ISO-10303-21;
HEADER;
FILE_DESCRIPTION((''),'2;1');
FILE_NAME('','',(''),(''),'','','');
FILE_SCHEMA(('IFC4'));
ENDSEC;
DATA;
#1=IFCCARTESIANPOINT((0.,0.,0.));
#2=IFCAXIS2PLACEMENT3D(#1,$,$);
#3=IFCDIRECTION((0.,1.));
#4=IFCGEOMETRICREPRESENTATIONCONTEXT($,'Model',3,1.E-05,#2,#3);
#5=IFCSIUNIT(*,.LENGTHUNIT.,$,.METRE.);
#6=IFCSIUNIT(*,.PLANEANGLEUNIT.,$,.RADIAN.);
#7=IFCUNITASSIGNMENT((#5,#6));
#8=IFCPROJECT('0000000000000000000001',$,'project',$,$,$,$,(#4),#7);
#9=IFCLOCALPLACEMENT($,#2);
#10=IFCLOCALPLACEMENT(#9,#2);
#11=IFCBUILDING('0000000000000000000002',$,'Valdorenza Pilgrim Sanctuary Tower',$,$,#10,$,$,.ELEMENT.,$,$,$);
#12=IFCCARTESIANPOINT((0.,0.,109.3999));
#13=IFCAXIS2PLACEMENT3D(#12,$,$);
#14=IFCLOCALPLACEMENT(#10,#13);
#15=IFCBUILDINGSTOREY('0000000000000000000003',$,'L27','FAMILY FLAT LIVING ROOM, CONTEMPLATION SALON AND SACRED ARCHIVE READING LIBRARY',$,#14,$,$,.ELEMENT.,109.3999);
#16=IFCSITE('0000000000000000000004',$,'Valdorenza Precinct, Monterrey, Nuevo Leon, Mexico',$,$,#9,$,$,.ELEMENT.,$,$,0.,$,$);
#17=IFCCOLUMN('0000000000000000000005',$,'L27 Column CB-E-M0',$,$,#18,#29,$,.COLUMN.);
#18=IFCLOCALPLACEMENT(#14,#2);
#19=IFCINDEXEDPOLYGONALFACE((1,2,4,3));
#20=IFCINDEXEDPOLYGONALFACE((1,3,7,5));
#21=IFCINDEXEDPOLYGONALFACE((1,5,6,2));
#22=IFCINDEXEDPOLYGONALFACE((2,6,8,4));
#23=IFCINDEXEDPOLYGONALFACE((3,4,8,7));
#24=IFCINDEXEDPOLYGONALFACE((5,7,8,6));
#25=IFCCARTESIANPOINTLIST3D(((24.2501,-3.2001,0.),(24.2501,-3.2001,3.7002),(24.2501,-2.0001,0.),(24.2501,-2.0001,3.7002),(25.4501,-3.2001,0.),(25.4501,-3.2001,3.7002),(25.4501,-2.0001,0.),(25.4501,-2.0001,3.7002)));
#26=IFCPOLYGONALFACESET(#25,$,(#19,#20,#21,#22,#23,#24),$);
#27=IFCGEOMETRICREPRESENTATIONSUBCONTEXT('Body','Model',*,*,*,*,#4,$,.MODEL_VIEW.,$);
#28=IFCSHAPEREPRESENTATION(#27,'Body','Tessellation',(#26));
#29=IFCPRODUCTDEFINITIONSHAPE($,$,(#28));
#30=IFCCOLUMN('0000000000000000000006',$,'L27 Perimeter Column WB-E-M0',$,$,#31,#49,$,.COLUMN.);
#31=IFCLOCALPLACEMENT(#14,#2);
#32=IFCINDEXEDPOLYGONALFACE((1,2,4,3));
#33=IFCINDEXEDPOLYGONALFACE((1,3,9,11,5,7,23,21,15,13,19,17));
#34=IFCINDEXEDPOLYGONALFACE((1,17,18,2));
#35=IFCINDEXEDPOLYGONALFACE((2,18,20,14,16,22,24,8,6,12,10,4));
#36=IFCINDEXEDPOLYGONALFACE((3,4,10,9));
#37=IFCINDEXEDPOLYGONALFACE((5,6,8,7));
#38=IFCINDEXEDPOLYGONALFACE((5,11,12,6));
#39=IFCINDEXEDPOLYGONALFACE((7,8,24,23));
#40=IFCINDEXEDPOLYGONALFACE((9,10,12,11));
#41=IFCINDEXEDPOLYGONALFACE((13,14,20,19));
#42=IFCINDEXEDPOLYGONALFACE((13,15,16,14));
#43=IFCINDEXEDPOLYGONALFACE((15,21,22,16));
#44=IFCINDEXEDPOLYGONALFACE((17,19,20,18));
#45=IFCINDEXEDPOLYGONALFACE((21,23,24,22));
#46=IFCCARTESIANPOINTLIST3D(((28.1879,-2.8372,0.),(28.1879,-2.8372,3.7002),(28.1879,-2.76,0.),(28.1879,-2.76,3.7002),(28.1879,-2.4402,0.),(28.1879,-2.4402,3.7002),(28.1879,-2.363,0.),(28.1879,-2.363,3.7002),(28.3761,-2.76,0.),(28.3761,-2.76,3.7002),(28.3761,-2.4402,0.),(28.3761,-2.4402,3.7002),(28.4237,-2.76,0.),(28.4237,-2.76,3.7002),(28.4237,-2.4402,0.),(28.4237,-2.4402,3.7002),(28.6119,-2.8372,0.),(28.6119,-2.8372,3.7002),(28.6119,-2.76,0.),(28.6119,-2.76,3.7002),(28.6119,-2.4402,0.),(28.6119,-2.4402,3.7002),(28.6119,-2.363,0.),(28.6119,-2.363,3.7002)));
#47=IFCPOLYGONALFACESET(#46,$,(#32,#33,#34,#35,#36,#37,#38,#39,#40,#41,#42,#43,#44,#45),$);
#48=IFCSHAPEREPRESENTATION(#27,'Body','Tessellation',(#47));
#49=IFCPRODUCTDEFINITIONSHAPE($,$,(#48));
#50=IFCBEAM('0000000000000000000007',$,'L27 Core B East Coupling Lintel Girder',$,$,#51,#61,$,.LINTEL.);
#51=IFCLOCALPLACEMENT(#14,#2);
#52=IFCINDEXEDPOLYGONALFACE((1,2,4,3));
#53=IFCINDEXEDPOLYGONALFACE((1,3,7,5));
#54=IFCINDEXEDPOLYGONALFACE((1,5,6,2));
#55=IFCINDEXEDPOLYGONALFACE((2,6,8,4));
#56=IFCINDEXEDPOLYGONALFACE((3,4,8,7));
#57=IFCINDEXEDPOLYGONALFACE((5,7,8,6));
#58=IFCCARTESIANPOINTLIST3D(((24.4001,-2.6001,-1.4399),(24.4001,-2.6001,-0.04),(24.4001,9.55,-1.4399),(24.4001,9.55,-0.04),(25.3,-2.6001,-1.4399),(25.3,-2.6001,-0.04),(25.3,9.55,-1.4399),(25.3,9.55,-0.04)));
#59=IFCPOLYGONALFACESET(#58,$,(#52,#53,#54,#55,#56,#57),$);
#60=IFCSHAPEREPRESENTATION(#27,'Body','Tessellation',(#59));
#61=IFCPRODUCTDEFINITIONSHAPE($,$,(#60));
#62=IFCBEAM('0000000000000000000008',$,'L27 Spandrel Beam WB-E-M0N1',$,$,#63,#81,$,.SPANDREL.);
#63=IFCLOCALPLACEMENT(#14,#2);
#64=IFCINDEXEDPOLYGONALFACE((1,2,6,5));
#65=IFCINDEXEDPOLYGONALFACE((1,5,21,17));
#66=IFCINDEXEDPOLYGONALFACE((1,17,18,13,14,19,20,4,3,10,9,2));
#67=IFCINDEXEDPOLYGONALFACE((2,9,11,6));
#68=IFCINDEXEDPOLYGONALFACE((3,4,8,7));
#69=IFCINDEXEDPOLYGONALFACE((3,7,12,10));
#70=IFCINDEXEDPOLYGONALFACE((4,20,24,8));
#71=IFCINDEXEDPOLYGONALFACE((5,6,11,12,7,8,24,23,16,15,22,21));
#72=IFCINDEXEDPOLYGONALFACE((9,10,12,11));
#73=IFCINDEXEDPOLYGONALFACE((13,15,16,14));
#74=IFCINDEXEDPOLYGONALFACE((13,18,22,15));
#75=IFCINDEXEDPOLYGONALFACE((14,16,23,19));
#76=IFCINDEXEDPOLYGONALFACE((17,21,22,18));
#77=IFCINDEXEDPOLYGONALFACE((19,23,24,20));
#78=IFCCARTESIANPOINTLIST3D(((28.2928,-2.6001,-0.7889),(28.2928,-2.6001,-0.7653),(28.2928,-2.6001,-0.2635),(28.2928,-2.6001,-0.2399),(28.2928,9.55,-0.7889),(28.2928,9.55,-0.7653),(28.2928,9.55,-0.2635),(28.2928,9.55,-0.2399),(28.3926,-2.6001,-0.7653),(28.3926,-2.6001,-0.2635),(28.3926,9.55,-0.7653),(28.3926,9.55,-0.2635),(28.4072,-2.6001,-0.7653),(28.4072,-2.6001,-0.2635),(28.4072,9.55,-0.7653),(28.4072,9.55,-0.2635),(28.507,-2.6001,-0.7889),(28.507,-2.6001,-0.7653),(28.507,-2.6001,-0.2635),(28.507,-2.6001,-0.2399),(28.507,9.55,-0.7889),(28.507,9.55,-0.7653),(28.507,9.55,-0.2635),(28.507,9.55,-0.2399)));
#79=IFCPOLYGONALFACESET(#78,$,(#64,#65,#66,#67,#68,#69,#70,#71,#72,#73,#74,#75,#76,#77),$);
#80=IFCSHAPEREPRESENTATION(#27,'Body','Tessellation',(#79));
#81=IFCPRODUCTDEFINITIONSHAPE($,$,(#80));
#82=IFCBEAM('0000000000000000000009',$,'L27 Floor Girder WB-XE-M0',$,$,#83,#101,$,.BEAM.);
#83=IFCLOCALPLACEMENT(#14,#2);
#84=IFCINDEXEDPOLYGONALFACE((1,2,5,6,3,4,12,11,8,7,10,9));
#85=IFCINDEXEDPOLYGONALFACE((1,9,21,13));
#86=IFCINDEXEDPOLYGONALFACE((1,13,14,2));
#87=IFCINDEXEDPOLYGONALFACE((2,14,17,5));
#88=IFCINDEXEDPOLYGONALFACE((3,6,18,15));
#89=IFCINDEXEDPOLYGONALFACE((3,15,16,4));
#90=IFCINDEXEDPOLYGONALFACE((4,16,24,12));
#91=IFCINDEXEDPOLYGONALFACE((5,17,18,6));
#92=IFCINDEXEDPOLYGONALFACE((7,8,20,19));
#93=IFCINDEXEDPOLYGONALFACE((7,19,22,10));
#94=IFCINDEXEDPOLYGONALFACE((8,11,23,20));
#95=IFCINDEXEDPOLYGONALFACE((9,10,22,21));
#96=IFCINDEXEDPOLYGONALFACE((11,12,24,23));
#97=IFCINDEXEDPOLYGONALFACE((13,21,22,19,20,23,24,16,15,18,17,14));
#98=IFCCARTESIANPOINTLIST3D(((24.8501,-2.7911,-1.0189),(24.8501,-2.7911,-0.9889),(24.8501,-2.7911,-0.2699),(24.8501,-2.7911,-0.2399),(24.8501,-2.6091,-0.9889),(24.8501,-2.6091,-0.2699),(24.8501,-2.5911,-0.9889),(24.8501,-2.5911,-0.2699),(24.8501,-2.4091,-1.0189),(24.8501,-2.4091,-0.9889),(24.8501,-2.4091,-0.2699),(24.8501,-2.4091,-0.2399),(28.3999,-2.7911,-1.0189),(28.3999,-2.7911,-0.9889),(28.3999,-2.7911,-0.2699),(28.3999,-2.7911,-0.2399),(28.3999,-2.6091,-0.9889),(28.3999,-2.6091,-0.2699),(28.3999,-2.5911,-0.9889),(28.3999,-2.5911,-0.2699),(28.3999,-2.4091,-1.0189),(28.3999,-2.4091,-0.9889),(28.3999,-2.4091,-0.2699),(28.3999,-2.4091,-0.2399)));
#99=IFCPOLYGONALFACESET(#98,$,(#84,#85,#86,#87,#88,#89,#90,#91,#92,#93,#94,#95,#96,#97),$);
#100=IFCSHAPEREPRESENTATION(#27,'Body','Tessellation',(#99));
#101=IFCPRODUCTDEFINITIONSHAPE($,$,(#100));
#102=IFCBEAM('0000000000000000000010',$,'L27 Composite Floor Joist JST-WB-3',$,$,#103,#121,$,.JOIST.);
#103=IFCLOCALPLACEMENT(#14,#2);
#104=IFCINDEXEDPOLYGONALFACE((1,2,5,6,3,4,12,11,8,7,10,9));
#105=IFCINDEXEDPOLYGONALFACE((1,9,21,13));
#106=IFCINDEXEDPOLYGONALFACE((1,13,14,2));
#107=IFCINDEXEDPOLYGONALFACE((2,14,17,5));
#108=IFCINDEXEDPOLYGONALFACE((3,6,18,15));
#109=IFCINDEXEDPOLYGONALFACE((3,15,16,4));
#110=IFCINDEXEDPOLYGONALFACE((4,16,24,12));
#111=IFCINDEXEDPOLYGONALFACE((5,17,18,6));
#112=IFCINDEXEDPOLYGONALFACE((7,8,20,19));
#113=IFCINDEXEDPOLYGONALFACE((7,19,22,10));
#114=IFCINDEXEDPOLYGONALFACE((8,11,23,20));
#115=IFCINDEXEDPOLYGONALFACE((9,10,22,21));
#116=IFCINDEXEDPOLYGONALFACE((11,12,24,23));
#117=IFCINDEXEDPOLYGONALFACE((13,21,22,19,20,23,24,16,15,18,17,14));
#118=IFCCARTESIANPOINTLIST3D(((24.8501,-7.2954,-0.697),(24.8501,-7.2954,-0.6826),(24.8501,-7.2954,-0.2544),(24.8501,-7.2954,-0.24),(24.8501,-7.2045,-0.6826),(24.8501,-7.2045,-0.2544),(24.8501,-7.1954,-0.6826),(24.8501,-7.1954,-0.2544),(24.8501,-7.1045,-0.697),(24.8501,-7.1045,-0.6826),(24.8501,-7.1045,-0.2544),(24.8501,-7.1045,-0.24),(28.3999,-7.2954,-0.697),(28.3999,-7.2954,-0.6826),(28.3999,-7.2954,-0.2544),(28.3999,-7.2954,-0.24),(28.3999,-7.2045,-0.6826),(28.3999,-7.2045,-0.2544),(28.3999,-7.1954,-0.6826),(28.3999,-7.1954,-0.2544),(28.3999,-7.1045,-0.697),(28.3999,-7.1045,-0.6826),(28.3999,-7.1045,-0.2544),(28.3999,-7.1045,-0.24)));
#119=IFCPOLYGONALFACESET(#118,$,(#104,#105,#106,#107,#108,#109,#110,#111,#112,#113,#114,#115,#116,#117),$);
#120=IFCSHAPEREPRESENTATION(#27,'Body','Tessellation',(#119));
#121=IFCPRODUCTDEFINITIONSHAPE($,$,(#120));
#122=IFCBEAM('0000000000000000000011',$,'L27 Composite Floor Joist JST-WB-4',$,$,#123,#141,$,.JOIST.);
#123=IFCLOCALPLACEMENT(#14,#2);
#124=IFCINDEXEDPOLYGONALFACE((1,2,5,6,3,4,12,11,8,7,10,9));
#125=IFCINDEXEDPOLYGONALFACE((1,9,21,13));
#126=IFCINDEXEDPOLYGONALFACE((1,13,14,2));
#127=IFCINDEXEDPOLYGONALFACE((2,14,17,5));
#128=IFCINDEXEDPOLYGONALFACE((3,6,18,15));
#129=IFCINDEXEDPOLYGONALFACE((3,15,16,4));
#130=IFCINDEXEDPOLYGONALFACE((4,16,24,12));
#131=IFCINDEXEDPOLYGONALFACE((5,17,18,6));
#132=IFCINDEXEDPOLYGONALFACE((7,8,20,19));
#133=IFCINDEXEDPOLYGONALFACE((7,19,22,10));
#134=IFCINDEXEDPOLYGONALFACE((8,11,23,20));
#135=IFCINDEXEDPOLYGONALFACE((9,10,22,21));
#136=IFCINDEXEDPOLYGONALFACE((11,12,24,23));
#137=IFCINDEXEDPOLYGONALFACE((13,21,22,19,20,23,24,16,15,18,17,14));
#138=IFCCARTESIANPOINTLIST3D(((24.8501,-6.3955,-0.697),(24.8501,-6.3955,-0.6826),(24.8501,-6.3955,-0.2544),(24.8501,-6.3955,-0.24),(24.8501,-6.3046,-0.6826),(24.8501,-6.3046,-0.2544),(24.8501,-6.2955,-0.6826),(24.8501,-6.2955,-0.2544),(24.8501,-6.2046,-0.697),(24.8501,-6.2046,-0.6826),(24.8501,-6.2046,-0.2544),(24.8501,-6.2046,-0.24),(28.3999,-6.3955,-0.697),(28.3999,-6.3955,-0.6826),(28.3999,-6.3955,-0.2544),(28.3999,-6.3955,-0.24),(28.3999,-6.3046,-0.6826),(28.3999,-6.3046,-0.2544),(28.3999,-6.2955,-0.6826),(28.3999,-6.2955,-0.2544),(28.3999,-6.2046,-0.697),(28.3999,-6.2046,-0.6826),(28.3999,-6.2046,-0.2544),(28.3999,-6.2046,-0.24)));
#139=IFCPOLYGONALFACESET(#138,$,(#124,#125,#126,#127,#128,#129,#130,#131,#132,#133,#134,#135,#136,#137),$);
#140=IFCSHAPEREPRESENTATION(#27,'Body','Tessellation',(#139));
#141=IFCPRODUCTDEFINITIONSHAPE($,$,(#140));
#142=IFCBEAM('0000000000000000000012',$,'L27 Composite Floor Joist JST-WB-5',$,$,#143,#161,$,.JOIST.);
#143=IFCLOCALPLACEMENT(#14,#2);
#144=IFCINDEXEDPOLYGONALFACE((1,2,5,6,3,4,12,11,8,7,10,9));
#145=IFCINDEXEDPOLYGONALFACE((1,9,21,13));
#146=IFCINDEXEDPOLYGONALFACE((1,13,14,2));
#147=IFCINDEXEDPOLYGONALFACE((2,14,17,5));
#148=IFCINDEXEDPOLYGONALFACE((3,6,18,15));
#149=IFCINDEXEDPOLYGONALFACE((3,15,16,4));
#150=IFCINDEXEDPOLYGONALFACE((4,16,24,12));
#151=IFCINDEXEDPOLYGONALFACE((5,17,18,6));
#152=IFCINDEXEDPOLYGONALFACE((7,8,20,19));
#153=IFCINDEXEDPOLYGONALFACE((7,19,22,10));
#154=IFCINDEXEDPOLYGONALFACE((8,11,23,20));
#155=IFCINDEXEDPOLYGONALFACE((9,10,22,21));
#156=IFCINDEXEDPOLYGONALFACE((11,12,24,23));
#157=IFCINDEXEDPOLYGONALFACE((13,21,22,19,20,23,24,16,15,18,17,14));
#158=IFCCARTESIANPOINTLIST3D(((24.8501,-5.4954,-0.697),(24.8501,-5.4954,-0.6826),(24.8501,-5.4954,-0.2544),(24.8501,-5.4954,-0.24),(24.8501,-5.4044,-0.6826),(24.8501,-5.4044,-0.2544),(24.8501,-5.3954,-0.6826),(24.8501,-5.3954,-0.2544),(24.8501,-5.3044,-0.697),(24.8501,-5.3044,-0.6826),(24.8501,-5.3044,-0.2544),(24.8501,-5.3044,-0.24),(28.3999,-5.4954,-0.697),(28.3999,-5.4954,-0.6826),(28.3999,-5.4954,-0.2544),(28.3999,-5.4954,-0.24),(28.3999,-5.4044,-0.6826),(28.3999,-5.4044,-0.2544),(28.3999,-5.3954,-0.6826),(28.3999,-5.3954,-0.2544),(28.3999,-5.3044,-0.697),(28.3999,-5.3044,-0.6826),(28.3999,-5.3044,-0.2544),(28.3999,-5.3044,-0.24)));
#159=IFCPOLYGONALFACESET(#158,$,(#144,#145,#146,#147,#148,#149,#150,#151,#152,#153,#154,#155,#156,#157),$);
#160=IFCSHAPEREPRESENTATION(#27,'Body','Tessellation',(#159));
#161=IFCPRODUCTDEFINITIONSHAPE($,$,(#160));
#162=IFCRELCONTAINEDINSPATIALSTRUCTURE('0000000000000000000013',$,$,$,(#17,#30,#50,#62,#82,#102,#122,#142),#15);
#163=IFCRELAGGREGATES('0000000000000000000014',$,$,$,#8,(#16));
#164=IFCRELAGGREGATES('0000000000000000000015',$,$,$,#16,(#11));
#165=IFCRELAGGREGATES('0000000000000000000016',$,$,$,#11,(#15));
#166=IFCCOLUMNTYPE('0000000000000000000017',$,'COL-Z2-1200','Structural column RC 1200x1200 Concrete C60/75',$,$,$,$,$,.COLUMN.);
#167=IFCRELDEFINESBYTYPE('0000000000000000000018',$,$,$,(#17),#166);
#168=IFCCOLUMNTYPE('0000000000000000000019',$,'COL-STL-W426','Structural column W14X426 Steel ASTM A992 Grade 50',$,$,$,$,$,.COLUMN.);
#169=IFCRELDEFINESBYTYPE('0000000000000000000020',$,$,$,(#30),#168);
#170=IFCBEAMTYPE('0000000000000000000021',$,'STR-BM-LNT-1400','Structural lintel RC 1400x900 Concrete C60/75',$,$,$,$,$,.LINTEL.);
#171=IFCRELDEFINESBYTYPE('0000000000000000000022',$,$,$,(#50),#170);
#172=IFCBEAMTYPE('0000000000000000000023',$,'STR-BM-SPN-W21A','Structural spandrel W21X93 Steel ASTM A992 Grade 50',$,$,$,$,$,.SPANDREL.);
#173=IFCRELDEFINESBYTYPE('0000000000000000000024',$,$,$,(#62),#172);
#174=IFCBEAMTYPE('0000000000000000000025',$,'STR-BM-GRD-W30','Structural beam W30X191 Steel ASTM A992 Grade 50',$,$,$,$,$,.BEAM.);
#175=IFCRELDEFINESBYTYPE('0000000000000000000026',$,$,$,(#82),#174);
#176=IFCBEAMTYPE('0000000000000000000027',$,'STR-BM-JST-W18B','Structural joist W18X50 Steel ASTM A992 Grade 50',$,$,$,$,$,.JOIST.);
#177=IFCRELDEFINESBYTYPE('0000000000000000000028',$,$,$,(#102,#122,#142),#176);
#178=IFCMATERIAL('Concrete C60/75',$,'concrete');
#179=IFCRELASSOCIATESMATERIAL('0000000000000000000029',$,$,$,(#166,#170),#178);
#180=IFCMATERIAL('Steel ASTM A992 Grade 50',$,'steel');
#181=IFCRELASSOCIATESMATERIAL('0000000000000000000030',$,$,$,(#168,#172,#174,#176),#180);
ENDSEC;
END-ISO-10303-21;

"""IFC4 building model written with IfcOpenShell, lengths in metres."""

from ifc_helpers import new_model, si_unit, direction, frame, origin, origin_2d, place, context, subcontext, project, spatial, rectangle, i_section, extrude, source, transform, mapped, material, material_profile, profile_set, type_object, element, save


model = new_model("IFC4")

# Units and contexts
model_context = context("Model", 3, precision=1e-05, world=origin(), true_north=direction((0.0, 1.0)))
body_context = subcontext(model_context, "Body", "Model", "MODEL_VIEW")
ifc_project = project(units=[si_unit("LENGTHUNIT", "METRE"), si_unit("PLANEANGLEUNIT", "RADIAN")], contexts=[model_context])

# Site, building, storey
site_placement = place(None, origin())
site = spatial("IfcSite", under=ifc_project, at=site_placement, Name="Valdorenza Precinct, Monterrey, Nuevo Leon, Mexico", CompositionType="ELEMENT", RefElevation=0.0)
building_placement = place(site_placement, origin())
building = spatial("IfcBuilding", under=site, at=building_placement, Name="Valdorenza Pilgrim Sanctuary Tower", CompositionType="ELEMENT")
storey_placement = place(building_placement, frame((0.0, 0.0, 109.3999)))
storey = spatial("IfcBuildingStorey", under=building, at=storey_placement, Name="L27", Description="FAMILY FLAT LIVING ROOM, CONTEMPLATION SALON AND SACRED ARCHIVE READING LIBRARY", CompositionType="ELEMENT", Elevation=109.3999)

# Columns
ifc_material_1 = material(Name="Concrete C60/75", Category="concrete")
ifc_material_profile_1 = material_profile(ifc_material_1, rectangle(XDim=1.2, YDim=1.2, at=origin_2d()), Name="RC 1200x1200")
ifc_profile_set_1 = profile_set([ifc_material_profile_1], Name="Concrete C60/75")
column_type_1 = type_object("IfcColumnType", Name="COL-Z2-1200", Description="Structural column RC 1200x1200 Concrete C60/75", PredefinedType="COLUMN", material=ifc_profile_set_1)
shared_shape_1 = source(origin(), body_context, "Body", "SweptSolid", [
    extrude(rectangle(XDim=1.2, YDim=1.2, at=origin_2d()), origin(), (0.0, 0.0, 1.0), 3.7002),
])
column_1_placement = place(storey_placement, frame((24.8501, -2.6001, 0.0), z_axis=(0.0, 0.0, 1.0), x_axis=(1.0, 0.0, 0.0)))
element("IfcColumn", 1, at=column_1_placement, inside=storey, type_object=column_type_1, Name="L27 Column CB-E-M0", PredefinedType="COLUMN", context=body_context, shape_type="MappedRepresentation", body=[
    mapped(shared_shape_1, transform((0.0, 0.0, 0.0), x_axis=(1.0, 0.0, 0.0), y_axis=(0.0, 1.0, 0.0), z_axis=(0.0, 0.0, 1.0), scale=1.0)),
])
ifc_material_2 = material(Name="Steel ASTM A992 Grade 50", Category="steel")
ifc_material_profile_2 = material_profile(ifc_material_2, i_section(OverallWidth=0.4241, OverallDepth=0.4741, WebThickness=0.0476, FlangeThickness=0.0771, at=origin_2d()), Name="W14X426")
ifc_profile_set_2 = profile_set([ifc_material_profile_2], Name="Steel ASTM A992 Grade 50")
column_type_2 = type_object("IfcColumnType", Name="COL-STL-W426", Description="Structural column W14X426 Steel ASTM A992 Grade 50", PredefinedType="COLUMN", material=ifc_profile_set_2)
shared_shape_2 = source(origin(), body_context, "Body", "SweptSolid", [
    extrude(i_section(OverallWidth=0.4241, OverallDepth=0.4741, WebThickness=0.0476, FlangeThickness=0.0771, at=origin_2d()), origin(), (0.0, 0.0, 1.0), 3.7002),
])
column_2_placement = place(storey_placement, frame((28.3999, -2.6001, 0.0), z_axis=(0.0, 0.0, 1.0), x_axis=(1.0, 0.0, 0.0)))
element("IfcColumn", 2, at=column_2_placement, inside=storey, type_object=column_type_2, Name="L27 Perimeter Column WB-E-M0", PredefinedType="COLUMN", context=body_context, shape_type="MappedRepresentation", body=[
    mapped(shared_shape_2, transform((0.0, 0.0, 0.0), x_axis=(1.0, 0.0, 0.0), y_axis=(0.0, 1.0, 0.0), z_axis=(0.0, 0.0, 1.0), scale=1.0)),
])

# Beams
ifc_material_profile_3 = material_profile(ifc_material_1, rectangle(XDim=0.8999, YDim=1.3999, at=origin_2d()), Name="RC 1400x900")
ifc_profile_set_3 = profile_set([ifc_material_profile_3], Name="Concrete C60/75")
beam_type_1 = type_object("IfcBeamType", Name="STR-BM-LNT-1400", Description="Structural lintel RC 1400x900 Concrete C60/75", PredefinedType="LINTEL", material=ifc_profile_set_3)
shared_shape_3 = source(origin(), body_context, "Body", "SweptSolid", [
    extrude(rectangle(XDim=0.8999, YDim=1.3999, at=origin_2d()), origin(), (0.0, 0.0, 1.0), 12.1501),
])
beam_1_placement = place(storey_placement, frame((24.8501, -2.6001, -0.74), z_axis=(0.0, 1.0, 0.0), x_axis=(-1.0, 0.0, 0.0)))
element("IfcBeam", 3, at=beam_1_placement, inside=storey, type_object=beam_type_1, Name="L27 Core B East Coupling Lintel Girder", PredefinedType="LINTEL", context=body_context, shape_type="MappedRepresentation", body=[
    mapped(shared_shape_3, transform((0.0, 0.0, 0.0), x_axis=(1.0, 0.0, 0.0), y_axis=(0.0, 1.0, 0.0), z_axis=(0.0, 0.0, 1.0), scale=1.0)),
])
ifc_material_profile_4 = material_profile(ifc_material_2, i_section(OverallWidth=0.2141, OverallDepth=0.5491, WebThickness=0.0146, FlangeThickness=0.0237, at=origin_2d()), Name="W21X93")
ifc_profile_set_4 = profile_set([ifc_material_profile_4], Name="Steel ASTM A992 Grade 50")
beam_type_2 = type_object("IfcBeamType", Name="STR-BM-SPN-W21A", Description="Structural spandrel W21X93 Steel ASTM A992 Grade 50", PredefinedType="SPANDREL", material=ifc_profile_set_4)
shared_shape_4 = source(origin(), body_context, "Body", "SweptSolid", [
    extrude(i_section(OverallWidth=0.2141, OverallDepth=0.5491, WebThickness=0.0146, FlangeThickness=0.0237, at=origin_2d()), origin(), (0.0, 0.0, 1.0), 12.1501),
])
beam_2_placement = place(storey_placement, frame((28.3999, -2.6001, -0.5144), z_axis=(0.0, 1.0, 0.0), x_axis=(-1.0, 0.0, 0.0)))
element("IfcBeam", 4, at=beam_2_placement, inside=storey, type_object=beam_type_2, Name="L27 Spandrel Beam WB-E-M0N1", PredefinedType="SPANDREL", context=body_context, shape_type="MappedRepresentation", body=[
    mapped(shared_shape_4, transform((0.0, 0.0, 0.0), x_axis=(1.0, 0.0, 0.0), y_axis=(0.0, 1.0, 0.0), z_axis=(0.0, 0.0, 1.0), scale=1.0)),
])
ifc_material_profile_5 = material_profile(ifc_material_2, i_section(OverallWidth=0.3821, OverallDepth=0.7791, WebThickness=0.0181, FlangeThickness=0.03, at=origin_2d()), Name="W30X191")
ifc_profile_set_5 = profile_set([ifc_material_profile_5], Name="Steel ASTM A992 Grade 50")
beam_type_3 = type_object("IfcBeamType", Name="STR-BM-GRD-W30", Description="Structural beam W30X191 Steel ASTM A992 Grade 50", PredefinedType="BEAM", material=ifc_profile_set_5)
shared_shape_5 = source(origin(), body_context, "Body", "SweptSolid", [
    extrude(i_section(OverallWidth=0.3821, OverallDepth=0.7791, WebThickness=0.0181, FlangeThickness=0.03, at=origin_2d()), origin(), (0.0, 0.0, 1.0), 3.5498),
])
beam_3_placement = place(storey_placement, frame((24.8501, -2.6001, -0.6294), z_axis=(1.0, 0.0, 0.0), x_axis=(0.0, 1.0, 0.0)))
element("IfcBeam", 5, at=beam_3_placement, inside=storey, type_object=beam_type_3, Name="L27 Floor Girder WB-XE-M0", PredefinedType="BEAM", context=body_context, shape_type="MappedRepresentation", body=[
    mapped(shared_shape_5, transform((0.0, 0.0, 0.0), x_axis=(1.0, 0.0, 0.0), y_axis=(0.0, 1.0, 0.0), z_axis=(0.0, 0.0, 1.0), scale=1.0)),
])
ifc_material_profile_6 = material_profile(ifc_material_2, i_section(OverallWidth=0.1909, OverallDepth=0.457, WebThickness=0.009, FlangeThickness=0.0144, at=origin_2d()), Name="W18X50")
ifc_profile_set_6 = profile_set([ifc_material_profile_6], Name="Steel ASTM A992 Grade 50")
beam_type_4 = type_object("IfcBeamType", Name="STR-BM-JST-W18B", Description="Structural joist W18X50 Steel ASTM A992 Grade 50", PredefinedType="JOIST", material=ifc_profile_set_6)
shared_shape_6 = source(origin(), body_context, "Body", "SweptSolid", [
    extrude(i_section(OverallWidth=0.1909, OverallDepth=0.457, WebThickness=0.009, FlangeThickness=0.0144, at=origin_2d()), origin(), (0.0, 0.0, 1.0), 3.5498),
])
for number, where, z_axis, x_axis, name in (
    (6, (24.8501, -7.2, -0.4685), (1.0, 0.0, 0.0), (0.0, 1.0, 0.0), "L27 Composite Floor Joist JST-WB-3"),
    (7, (24.8501, -6.3, -0.4685), (1.0, 0.0, 0.0), (0.0, 1.0, 0.0), "L27 Composite Floor Joist JST-WB-4"),
    (8, (24.8501, -5.3999, -0.4685), (1.0, 0.0, 0.0), (0.0, 1.0, 0.0), "L27 Composite Floor Joist JST-WB-5"),
):
    element("IfcBeam", number, at=place(storey_placement, frame(where, z_axis=z_axis, x_axis=x_axis)), inside=storey, type_object=beam_type_4, Name=name, PredefinedType="JOIST", context=body_context, shape_type="MappedRepresentation", body=[
        mapped(shared_shape_6, transform((0.0, 0.0, 0.0), x_axis=(1.0, 0.0, 0.0), y_axis=(0.0, 1.0, 0.0), z_axis=(0.0, 0.0, 1.0), scale=1.0)),
    ])

save(model, "model.ifc")
